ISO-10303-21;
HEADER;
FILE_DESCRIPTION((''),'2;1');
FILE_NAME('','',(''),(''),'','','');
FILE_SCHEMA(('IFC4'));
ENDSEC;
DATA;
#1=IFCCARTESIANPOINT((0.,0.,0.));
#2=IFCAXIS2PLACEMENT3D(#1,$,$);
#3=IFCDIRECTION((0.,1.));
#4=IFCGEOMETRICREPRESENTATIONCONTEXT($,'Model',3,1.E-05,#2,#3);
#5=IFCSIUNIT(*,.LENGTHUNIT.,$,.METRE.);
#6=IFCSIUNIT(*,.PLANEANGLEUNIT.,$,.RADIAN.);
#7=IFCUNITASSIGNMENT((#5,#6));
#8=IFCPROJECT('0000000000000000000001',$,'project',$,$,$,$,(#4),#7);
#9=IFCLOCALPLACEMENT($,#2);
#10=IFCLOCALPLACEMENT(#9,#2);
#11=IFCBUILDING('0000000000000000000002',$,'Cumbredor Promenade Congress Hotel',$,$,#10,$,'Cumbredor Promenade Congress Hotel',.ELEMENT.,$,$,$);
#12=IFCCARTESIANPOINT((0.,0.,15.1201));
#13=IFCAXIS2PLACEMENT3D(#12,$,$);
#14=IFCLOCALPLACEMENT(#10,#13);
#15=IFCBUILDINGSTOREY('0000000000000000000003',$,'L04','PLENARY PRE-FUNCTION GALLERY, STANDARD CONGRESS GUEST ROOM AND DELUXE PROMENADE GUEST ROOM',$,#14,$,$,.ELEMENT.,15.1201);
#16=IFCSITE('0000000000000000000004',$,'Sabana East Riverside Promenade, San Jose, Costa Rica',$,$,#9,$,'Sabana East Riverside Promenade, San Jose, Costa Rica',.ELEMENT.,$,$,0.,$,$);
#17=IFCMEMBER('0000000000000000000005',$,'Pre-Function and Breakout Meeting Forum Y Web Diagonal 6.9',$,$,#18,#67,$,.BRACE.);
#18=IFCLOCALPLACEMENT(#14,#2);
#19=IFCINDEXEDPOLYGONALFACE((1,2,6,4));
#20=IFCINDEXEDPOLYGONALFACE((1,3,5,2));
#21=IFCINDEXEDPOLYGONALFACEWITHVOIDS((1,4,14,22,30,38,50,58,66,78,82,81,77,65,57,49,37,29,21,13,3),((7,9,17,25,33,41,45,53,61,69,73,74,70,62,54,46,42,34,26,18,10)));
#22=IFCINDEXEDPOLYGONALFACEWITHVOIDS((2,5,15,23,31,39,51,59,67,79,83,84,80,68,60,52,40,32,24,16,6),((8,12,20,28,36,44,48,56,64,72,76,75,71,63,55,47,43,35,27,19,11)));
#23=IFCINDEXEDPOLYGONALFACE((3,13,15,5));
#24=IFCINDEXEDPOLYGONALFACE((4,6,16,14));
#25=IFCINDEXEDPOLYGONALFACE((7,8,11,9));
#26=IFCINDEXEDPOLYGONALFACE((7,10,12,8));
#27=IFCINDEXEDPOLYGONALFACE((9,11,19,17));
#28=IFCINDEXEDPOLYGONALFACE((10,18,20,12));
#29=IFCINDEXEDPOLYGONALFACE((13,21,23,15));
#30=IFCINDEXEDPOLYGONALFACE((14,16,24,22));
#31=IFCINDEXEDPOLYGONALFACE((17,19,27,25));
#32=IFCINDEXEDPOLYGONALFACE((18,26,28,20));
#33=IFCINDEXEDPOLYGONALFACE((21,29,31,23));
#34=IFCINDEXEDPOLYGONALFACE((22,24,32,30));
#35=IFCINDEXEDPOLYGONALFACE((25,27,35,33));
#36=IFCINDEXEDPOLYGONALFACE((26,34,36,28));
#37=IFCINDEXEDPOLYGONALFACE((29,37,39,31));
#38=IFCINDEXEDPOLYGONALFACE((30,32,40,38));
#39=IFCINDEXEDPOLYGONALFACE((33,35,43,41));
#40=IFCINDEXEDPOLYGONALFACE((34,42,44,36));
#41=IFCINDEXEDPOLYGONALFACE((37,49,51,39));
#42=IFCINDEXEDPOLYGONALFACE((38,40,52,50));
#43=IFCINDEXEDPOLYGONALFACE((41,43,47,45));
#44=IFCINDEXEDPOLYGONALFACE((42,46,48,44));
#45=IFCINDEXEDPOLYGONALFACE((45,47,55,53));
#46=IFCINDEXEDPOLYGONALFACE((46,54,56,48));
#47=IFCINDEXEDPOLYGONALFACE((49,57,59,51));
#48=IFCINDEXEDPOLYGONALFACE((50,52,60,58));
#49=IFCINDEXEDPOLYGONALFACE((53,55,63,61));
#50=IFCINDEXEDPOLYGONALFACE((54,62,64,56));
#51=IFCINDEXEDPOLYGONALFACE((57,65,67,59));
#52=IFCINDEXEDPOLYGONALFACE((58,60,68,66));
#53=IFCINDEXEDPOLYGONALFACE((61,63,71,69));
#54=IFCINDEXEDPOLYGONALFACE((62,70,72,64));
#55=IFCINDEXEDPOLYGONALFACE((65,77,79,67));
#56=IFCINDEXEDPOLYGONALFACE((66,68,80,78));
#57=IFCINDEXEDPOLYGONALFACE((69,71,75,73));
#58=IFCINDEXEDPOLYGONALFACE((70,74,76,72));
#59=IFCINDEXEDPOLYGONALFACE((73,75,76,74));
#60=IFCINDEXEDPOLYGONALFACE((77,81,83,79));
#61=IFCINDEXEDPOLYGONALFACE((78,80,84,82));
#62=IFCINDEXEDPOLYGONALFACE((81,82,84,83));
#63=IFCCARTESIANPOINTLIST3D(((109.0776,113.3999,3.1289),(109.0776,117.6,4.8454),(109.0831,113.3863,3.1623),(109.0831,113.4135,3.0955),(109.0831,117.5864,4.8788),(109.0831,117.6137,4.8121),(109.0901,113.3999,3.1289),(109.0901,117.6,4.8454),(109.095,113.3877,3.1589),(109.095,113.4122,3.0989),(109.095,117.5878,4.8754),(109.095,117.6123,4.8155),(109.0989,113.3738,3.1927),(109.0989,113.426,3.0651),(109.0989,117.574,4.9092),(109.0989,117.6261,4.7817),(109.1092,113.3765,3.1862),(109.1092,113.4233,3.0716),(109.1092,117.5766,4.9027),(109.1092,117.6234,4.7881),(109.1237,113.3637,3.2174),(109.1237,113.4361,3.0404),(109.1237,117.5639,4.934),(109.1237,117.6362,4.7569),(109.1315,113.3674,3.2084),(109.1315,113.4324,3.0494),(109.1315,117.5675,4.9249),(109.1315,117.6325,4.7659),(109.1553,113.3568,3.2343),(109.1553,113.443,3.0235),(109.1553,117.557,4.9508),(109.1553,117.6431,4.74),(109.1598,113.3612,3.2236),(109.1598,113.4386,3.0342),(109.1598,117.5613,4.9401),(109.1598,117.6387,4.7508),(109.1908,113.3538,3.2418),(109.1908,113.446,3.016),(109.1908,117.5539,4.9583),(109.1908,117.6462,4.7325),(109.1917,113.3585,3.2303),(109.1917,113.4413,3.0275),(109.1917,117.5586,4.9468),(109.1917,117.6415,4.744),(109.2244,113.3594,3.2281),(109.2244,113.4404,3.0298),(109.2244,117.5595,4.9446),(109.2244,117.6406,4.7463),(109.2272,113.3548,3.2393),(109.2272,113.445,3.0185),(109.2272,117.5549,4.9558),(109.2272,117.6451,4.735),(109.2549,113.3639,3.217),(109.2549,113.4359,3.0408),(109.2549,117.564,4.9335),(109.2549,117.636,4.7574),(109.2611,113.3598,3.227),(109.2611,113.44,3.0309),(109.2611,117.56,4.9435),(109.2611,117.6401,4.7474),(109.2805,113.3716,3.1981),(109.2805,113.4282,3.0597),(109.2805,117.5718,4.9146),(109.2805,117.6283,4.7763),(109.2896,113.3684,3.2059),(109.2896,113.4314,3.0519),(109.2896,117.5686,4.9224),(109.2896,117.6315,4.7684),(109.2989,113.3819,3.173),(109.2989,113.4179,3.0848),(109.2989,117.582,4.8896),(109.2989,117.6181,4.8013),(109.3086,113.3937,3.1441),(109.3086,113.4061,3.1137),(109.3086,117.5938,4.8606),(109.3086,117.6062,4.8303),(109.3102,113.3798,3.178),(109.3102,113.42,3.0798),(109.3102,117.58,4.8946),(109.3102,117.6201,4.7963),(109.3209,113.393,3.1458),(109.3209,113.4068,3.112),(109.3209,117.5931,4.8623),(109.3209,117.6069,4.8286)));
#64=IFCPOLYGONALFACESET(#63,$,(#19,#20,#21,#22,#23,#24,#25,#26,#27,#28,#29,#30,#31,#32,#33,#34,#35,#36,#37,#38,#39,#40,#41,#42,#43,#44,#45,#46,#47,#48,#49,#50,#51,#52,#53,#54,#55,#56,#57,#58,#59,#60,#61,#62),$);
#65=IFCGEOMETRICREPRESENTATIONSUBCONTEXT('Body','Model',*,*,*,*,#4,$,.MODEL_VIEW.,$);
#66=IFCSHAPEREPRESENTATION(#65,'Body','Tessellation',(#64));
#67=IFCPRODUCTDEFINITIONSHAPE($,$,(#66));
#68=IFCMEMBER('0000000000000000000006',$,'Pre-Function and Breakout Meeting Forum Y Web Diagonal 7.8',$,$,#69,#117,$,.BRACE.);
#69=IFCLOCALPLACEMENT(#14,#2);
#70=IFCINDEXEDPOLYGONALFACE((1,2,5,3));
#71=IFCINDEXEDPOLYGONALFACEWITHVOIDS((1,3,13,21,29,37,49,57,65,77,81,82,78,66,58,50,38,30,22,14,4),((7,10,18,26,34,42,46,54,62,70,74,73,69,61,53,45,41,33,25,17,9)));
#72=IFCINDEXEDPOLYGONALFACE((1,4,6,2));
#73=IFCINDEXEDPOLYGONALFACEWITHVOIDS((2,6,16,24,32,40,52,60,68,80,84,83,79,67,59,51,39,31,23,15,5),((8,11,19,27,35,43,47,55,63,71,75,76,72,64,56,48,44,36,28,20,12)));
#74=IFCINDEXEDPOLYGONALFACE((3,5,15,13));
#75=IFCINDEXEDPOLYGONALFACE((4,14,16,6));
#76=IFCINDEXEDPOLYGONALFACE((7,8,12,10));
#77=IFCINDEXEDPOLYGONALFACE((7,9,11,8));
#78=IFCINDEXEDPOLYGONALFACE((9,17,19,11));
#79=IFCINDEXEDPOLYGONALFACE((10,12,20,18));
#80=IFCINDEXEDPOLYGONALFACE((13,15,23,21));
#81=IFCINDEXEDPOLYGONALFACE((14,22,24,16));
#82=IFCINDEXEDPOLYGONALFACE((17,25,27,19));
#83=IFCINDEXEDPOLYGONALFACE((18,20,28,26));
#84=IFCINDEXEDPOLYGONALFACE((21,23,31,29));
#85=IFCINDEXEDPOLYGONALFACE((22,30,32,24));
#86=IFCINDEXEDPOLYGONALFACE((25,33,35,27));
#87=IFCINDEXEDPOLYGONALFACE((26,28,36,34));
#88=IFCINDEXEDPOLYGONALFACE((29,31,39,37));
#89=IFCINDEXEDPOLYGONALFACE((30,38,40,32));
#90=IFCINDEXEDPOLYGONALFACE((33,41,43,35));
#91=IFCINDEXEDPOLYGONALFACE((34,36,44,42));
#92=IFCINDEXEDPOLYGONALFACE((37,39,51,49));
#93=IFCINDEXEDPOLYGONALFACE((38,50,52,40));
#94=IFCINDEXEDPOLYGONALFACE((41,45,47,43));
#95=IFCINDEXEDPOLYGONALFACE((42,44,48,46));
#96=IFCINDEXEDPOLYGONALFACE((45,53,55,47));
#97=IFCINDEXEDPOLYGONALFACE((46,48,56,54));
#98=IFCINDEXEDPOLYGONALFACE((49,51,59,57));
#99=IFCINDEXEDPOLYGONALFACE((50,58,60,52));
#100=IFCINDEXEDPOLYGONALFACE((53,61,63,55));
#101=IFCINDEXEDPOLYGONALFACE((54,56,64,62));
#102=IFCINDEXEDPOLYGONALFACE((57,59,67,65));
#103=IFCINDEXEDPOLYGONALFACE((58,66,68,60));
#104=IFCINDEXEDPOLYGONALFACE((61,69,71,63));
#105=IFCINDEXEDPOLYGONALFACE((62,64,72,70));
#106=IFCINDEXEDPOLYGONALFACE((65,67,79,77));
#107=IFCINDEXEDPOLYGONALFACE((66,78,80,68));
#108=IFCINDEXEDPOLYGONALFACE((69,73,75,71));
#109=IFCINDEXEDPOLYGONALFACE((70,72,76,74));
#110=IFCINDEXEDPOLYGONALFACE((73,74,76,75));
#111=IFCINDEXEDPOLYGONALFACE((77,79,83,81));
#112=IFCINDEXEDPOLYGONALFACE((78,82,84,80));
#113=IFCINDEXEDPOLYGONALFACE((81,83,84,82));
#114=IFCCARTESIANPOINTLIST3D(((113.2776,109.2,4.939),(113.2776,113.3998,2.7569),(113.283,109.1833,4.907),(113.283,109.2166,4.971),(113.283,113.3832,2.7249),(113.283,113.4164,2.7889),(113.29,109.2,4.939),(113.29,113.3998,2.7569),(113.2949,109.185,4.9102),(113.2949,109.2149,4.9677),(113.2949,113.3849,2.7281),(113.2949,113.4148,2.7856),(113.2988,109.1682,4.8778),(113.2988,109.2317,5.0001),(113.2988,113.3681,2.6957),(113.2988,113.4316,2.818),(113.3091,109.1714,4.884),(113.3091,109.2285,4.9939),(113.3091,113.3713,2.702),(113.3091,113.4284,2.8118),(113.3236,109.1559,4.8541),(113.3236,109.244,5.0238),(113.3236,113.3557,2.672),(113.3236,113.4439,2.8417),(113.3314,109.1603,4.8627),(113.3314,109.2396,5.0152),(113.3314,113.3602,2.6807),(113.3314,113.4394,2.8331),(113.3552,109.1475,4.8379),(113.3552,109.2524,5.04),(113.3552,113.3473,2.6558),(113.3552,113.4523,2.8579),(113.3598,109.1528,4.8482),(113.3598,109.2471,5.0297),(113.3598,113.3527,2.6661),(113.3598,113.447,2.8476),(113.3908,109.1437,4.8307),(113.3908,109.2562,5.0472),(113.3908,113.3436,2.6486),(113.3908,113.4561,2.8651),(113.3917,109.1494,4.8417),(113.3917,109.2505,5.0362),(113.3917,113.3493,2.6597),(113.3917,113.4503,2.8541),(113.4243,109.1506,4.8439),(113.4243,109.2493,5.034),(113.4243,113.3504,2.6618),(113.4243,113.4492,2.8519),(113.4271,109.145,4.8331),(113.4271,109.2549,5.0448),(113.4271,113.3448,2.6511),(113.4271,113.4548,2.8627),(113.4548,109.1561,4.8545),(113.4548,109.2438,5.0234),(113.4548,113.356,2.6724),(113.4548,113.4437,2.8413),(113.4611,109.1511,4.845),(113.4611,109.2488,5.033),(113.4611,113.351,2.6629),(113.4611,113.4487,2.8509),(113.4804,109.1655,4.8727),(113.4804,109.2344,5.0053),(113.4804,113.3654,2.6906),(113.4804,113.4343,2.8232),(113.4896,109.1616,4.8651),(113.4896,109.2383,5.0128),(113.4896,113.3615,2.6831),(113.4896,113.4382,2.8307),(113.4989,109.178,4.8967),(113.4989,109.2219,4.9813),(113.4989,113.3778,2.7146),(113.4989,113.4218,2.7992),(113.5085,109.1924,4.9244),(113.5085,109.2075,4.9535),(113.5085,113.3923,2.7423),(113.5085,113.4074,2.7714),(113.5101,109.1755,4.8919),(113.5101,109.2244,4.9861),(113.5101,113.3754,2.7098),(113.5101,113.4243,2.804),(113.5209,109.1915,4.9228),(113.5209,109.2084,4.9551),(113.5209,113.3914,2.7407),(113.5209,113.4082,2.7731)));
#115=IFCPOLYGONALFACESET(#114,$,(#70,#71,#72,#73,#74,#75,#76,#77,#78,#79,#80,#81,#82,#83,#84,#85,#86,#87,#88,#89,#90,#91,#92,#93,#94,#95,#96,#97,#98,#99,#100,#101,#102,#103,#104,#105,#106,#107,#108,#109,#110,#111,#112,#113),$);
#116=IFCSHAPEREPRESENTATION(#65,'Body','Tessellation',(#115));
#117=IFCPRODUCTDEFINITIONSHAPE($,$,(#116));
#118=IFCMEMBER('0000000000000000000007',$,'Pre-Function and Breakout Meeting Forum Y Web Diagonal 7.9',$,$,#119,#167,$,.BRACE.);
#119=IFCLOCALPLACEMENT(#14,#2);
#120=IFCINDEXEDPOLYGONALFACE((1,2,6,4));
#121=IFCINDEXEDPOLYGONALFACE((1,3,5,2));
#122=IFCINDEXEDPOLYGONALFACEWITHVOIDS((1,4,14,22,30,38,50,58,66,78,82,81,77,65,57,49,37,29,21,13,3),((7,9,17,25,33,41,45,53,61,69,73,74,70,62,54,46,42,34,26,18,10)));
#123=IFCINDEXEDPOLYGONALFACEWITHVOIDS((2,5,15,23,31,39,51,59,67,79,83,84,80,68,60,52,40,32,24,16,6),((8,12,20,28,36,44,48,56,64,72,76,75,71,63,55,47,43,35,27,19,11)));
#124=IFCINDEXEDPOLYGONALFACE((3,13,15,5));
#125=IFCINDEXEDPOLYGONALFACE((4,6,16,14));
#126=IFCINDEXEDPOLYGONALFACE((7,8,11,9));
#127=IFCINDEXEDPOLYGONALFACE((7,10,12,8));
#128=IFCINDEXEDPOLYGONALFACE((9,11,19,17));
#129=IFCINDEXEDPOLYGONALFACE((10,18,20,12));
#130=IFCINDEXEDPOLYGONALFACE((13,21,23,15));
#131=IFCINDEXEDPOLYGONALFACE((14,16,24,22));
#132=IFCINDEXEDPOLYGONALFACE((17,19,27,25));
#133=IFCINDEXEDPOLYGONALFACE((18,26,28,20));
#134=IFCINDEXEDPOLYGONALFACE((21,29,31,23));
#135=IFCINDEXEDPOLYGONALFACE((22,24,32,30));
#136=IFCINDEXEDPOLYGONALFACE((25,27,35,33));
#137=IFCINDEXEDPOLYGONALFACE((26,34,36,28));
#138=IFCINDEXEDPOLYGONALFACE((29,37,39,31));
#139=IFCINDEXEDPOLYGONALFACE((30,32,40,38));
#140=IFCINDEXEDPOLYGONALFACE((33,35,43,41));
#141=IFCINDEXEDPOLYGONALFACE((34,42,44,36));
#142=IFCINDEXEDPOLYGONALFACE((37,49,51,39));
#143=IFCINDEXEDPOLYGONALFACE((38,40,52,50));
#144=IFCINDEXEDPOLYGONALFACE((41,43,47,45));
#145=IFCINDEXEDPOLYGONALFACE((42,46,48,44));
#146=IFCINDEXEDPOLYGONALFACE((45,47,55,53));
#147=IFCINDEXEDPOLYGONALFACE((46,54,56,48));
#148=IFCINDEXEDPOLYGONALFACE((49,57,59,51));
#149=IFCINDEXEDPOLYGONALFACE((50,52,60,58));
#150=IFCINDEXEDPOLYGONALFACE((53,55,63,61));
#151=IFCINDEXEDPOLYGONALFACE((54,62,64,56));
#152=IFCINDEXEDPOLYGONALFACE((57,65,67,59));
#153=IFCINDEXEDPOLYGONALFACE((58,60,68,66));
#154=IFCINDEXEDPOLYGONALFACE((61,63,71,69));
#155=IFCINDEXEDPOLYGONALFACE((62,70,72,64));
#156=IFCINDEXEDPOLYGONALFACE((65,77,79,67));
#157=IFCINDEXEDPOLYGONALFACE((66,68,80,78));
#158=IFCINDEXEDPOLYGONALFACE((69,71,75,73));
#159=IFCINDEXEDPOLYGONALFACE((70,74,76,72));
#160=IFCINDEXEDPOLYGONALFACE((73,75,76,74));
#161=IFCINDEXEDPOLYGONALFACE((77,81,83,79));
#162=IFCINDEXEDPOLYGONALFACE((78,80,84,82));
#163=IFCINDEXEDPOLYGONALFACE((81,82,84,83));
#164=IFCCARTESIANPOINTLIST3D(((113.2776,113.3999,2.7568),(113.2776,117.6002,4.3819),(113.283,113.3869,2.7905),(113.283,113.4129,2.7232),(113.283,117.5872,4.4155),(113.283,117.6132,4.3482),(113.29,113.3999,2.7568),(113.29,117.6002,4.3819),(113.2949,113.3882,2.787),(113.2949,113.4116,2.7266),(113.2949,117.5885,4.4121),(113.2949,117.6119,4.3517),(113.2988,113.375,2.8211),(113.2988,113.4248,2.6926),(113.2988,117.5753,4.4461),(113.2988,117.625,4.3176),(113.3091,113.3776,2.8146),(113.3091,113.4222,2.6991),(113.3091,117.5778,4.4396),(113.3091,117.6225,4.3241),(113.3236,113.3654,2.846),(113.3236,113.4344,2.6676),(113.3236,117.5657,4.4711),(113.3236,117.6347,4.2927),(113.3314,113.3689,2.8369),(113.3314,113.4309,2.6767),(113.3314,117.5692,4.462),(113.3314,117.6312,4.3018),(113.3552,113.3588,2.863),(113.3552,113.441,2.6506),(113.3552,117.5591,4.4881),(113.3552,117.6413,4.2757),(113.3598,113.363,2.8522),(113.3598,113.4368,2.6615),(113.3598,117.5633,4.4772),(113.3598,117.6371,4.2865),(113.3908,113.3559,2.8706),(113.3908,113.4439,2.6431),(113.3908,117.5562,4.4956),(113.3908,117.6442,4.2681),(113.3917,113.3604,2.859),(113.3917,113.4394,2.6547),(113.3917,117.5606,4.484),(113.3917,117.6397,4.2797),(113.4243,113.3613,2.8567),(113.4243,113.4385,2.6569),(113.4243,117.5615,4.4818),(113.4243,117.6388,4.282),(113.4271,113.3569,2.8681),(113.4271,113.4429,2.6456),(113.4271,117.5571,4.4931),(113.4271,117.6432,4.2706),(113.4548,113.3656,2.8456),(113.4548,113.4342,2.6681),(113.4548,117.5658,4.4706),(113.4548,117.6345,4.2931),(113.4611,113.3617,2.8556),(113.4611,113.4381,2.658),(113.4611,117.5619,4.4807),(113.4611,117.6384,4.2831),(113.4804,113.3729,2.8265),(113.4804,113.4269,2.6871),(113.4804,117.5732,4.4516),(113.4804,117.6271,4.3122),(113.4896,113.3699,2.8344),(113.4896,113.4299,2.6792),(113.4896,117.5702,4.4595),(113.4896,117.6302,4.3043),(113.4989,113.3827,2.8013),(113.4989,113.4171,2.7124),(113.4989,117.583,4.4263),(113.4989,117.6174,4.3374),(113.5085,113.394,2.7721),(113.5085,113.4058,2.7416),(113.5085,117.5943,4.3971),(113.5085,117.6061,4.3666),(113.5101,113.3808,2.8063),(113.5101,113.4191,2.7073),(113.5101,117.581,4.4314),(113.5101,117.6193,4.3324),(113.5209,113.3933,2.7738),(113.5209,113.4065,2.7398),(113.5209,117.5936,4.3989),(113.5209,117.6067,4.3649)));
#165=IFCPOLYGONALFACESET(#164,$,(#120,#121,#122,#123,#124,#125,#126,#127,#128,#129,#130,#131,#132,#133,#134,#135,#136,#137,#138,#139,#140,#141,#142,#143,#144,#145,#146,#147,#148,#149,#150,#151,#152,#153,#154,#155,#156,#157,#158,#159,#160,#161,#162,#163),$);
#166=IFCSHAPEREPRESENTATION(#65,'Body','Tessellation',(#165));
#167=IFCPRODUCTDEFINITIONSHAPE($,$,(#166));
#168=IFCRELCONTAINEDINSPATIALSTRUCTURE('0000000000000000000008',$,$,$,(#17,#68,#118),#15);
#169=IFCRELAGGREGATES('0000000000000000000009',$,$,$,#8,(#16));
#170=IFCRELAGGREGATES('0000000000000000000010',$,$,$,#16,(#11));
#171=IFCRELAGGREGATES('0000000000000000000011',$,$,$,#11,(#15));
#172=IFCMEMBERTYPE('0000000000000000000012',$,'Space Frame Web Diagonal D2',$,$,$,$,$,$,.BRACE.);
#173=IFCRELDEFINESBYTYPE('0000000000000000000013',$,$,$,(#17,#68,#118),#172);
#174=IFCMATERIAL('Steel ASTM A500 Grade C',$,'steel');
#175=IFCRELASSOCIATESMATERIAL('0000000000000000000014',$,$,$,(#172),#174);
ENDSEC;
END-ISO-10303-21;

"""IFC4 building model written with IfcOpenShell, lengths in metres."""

from ifc_helpers import new_model, si_unit, direction, frame, origin, origin_2d, place, context, subcontext, project, spatial, hollow_circle, extrude, material, material_profile, profile_set, type_object, element, save


model = new_model("IFC4")

# Units and contexts
model_context = context("Model", 3, precision=1e-05, world=origin(), true_north=direction((0.0, 1.0)))
body_context = subcontext(model_context, "Body", "Model", "MODEL_VIEW")
ifc_project = project(units=[si_unit("LENGTHUNIT", "METRE"), si_unit("PLANEANGLEUNIT", "RADIAN")], contexts=[model_context])

# Site, building, storey
site_placement = place(None, origin())
site = spatial("IfcSite", under=ifc_project, at=site_placement, Name="Sabana East Riverside Promenade, San Jose, Costa Rica", LongName="Sabana East Riverside Promenade, San Jose, Costa Rica", CompositionType="ELEMENT", RefElevation=0.0)
building_placement = place(site_placement, origin())
building = spatial("IfcBuilding", under=site, at=building_placement, Name="Cumbredor Promenade Congress Hotel", LongName="Cumbredor Promenade Congress Hotel", CompositionType="ELEMENT")
storey_placement = place(building_placement, frame((0.0, 0.0, 15.1201)))
storey = spatial("IfcBuildingStorey", under=building, at=storey_placement, Name="L04", Description="PLENARY PRE-FUNCTION GALLERY, STANDARD CONGRESS GUEST ROOM AND DELUXE PROMENADE GUEST ROOM", CompositionType="ELEMENT", Elevation=15.1201)

# Members
ifc_material_1 = material(Name="Steel ASTM A500 Grade C", Category="steel")
ifc_material_profile_1 = material_profile(ifc_material_1, hollow_circle(Radius=0.1223, WallThickness=0.0125, at=origin_2d()), Name="CHS 244.5x12.5")
ifc_profile_set_1 = profile_set([ifc_material_profile_1], Name="Steel ASTM A500 Grade C")
member_type_1 = type_object("IfcMemberType", Name="Space Frame Web Diagonal D2", PredefinedType="BRACE", material=ifc_profile_set_1)
member_1_placement = place(storey_placement, frame((109.2, 113.3999, 3.1289), z_axis=(0.0, 0.925679, 0.37831), x_axis=(-1.0, 0.0, 0.0)))
element("IfcMember", 1, at=member_1_placement, inside=storey, type_object=member_type_1, Name="Pre-Function and Breakout Meeting Forum Y Web Diagonal 6.9", PredefinedType="BRACE", context=body_context, shape_type="SweptSolid", body=[
    extrude(hollow_circle(Radius=0.1223, WallThickness=0.0125, at=origin_2d()), origin(), (0.0, 0.0, 1.0), 4.5374),
])
member_2_placement = place(storey_placement, frame((113.3999, 109.2, 4.939), z_axis=(0.0, 0.887376, -0.461046), x_axis=(-1.0, 0.0, 0.0)))
element("IfcMember", 2, at=member_2_placement, inside=storey, type_object=member_type_1, Name="Pre-Function and Breakout Meeting Forum Y Web Diagonal 7.8", PredefinedType="BRACE", context=body_context, shape_type="SweptSolid", body=[
    extrude(hollow_circle(Radius=0.1223, WallThickness=0.0125, at=origin_2d()), origin(), (0.0, 0.0, 1.0), 4.7329),
])
member_3_placement = place(storey_placement, frame((113.3999, 113.3999, 2.7568), z_axis=(0.0, 0.932634, 0.360824), x_axis=(-1.0, 0.0, 0.0)))
element("IfcMember", 3, at=member_3_placement, inside=storey, type_object=member_type_1, Name="Pre-Function and Breakout Meeting Forum Y Web Diagonal 7.9", PredefinedType="BRACE", context=body_context, shape_type="SweptSolid", body=[
    extrude(hollow_circle(Radius=0.1223, WallThickness=0.0125, at=origin_2d()), origin(), (0.0, 0.0, 1.0), 4.5037),
])

save(model, "model.ifc")
